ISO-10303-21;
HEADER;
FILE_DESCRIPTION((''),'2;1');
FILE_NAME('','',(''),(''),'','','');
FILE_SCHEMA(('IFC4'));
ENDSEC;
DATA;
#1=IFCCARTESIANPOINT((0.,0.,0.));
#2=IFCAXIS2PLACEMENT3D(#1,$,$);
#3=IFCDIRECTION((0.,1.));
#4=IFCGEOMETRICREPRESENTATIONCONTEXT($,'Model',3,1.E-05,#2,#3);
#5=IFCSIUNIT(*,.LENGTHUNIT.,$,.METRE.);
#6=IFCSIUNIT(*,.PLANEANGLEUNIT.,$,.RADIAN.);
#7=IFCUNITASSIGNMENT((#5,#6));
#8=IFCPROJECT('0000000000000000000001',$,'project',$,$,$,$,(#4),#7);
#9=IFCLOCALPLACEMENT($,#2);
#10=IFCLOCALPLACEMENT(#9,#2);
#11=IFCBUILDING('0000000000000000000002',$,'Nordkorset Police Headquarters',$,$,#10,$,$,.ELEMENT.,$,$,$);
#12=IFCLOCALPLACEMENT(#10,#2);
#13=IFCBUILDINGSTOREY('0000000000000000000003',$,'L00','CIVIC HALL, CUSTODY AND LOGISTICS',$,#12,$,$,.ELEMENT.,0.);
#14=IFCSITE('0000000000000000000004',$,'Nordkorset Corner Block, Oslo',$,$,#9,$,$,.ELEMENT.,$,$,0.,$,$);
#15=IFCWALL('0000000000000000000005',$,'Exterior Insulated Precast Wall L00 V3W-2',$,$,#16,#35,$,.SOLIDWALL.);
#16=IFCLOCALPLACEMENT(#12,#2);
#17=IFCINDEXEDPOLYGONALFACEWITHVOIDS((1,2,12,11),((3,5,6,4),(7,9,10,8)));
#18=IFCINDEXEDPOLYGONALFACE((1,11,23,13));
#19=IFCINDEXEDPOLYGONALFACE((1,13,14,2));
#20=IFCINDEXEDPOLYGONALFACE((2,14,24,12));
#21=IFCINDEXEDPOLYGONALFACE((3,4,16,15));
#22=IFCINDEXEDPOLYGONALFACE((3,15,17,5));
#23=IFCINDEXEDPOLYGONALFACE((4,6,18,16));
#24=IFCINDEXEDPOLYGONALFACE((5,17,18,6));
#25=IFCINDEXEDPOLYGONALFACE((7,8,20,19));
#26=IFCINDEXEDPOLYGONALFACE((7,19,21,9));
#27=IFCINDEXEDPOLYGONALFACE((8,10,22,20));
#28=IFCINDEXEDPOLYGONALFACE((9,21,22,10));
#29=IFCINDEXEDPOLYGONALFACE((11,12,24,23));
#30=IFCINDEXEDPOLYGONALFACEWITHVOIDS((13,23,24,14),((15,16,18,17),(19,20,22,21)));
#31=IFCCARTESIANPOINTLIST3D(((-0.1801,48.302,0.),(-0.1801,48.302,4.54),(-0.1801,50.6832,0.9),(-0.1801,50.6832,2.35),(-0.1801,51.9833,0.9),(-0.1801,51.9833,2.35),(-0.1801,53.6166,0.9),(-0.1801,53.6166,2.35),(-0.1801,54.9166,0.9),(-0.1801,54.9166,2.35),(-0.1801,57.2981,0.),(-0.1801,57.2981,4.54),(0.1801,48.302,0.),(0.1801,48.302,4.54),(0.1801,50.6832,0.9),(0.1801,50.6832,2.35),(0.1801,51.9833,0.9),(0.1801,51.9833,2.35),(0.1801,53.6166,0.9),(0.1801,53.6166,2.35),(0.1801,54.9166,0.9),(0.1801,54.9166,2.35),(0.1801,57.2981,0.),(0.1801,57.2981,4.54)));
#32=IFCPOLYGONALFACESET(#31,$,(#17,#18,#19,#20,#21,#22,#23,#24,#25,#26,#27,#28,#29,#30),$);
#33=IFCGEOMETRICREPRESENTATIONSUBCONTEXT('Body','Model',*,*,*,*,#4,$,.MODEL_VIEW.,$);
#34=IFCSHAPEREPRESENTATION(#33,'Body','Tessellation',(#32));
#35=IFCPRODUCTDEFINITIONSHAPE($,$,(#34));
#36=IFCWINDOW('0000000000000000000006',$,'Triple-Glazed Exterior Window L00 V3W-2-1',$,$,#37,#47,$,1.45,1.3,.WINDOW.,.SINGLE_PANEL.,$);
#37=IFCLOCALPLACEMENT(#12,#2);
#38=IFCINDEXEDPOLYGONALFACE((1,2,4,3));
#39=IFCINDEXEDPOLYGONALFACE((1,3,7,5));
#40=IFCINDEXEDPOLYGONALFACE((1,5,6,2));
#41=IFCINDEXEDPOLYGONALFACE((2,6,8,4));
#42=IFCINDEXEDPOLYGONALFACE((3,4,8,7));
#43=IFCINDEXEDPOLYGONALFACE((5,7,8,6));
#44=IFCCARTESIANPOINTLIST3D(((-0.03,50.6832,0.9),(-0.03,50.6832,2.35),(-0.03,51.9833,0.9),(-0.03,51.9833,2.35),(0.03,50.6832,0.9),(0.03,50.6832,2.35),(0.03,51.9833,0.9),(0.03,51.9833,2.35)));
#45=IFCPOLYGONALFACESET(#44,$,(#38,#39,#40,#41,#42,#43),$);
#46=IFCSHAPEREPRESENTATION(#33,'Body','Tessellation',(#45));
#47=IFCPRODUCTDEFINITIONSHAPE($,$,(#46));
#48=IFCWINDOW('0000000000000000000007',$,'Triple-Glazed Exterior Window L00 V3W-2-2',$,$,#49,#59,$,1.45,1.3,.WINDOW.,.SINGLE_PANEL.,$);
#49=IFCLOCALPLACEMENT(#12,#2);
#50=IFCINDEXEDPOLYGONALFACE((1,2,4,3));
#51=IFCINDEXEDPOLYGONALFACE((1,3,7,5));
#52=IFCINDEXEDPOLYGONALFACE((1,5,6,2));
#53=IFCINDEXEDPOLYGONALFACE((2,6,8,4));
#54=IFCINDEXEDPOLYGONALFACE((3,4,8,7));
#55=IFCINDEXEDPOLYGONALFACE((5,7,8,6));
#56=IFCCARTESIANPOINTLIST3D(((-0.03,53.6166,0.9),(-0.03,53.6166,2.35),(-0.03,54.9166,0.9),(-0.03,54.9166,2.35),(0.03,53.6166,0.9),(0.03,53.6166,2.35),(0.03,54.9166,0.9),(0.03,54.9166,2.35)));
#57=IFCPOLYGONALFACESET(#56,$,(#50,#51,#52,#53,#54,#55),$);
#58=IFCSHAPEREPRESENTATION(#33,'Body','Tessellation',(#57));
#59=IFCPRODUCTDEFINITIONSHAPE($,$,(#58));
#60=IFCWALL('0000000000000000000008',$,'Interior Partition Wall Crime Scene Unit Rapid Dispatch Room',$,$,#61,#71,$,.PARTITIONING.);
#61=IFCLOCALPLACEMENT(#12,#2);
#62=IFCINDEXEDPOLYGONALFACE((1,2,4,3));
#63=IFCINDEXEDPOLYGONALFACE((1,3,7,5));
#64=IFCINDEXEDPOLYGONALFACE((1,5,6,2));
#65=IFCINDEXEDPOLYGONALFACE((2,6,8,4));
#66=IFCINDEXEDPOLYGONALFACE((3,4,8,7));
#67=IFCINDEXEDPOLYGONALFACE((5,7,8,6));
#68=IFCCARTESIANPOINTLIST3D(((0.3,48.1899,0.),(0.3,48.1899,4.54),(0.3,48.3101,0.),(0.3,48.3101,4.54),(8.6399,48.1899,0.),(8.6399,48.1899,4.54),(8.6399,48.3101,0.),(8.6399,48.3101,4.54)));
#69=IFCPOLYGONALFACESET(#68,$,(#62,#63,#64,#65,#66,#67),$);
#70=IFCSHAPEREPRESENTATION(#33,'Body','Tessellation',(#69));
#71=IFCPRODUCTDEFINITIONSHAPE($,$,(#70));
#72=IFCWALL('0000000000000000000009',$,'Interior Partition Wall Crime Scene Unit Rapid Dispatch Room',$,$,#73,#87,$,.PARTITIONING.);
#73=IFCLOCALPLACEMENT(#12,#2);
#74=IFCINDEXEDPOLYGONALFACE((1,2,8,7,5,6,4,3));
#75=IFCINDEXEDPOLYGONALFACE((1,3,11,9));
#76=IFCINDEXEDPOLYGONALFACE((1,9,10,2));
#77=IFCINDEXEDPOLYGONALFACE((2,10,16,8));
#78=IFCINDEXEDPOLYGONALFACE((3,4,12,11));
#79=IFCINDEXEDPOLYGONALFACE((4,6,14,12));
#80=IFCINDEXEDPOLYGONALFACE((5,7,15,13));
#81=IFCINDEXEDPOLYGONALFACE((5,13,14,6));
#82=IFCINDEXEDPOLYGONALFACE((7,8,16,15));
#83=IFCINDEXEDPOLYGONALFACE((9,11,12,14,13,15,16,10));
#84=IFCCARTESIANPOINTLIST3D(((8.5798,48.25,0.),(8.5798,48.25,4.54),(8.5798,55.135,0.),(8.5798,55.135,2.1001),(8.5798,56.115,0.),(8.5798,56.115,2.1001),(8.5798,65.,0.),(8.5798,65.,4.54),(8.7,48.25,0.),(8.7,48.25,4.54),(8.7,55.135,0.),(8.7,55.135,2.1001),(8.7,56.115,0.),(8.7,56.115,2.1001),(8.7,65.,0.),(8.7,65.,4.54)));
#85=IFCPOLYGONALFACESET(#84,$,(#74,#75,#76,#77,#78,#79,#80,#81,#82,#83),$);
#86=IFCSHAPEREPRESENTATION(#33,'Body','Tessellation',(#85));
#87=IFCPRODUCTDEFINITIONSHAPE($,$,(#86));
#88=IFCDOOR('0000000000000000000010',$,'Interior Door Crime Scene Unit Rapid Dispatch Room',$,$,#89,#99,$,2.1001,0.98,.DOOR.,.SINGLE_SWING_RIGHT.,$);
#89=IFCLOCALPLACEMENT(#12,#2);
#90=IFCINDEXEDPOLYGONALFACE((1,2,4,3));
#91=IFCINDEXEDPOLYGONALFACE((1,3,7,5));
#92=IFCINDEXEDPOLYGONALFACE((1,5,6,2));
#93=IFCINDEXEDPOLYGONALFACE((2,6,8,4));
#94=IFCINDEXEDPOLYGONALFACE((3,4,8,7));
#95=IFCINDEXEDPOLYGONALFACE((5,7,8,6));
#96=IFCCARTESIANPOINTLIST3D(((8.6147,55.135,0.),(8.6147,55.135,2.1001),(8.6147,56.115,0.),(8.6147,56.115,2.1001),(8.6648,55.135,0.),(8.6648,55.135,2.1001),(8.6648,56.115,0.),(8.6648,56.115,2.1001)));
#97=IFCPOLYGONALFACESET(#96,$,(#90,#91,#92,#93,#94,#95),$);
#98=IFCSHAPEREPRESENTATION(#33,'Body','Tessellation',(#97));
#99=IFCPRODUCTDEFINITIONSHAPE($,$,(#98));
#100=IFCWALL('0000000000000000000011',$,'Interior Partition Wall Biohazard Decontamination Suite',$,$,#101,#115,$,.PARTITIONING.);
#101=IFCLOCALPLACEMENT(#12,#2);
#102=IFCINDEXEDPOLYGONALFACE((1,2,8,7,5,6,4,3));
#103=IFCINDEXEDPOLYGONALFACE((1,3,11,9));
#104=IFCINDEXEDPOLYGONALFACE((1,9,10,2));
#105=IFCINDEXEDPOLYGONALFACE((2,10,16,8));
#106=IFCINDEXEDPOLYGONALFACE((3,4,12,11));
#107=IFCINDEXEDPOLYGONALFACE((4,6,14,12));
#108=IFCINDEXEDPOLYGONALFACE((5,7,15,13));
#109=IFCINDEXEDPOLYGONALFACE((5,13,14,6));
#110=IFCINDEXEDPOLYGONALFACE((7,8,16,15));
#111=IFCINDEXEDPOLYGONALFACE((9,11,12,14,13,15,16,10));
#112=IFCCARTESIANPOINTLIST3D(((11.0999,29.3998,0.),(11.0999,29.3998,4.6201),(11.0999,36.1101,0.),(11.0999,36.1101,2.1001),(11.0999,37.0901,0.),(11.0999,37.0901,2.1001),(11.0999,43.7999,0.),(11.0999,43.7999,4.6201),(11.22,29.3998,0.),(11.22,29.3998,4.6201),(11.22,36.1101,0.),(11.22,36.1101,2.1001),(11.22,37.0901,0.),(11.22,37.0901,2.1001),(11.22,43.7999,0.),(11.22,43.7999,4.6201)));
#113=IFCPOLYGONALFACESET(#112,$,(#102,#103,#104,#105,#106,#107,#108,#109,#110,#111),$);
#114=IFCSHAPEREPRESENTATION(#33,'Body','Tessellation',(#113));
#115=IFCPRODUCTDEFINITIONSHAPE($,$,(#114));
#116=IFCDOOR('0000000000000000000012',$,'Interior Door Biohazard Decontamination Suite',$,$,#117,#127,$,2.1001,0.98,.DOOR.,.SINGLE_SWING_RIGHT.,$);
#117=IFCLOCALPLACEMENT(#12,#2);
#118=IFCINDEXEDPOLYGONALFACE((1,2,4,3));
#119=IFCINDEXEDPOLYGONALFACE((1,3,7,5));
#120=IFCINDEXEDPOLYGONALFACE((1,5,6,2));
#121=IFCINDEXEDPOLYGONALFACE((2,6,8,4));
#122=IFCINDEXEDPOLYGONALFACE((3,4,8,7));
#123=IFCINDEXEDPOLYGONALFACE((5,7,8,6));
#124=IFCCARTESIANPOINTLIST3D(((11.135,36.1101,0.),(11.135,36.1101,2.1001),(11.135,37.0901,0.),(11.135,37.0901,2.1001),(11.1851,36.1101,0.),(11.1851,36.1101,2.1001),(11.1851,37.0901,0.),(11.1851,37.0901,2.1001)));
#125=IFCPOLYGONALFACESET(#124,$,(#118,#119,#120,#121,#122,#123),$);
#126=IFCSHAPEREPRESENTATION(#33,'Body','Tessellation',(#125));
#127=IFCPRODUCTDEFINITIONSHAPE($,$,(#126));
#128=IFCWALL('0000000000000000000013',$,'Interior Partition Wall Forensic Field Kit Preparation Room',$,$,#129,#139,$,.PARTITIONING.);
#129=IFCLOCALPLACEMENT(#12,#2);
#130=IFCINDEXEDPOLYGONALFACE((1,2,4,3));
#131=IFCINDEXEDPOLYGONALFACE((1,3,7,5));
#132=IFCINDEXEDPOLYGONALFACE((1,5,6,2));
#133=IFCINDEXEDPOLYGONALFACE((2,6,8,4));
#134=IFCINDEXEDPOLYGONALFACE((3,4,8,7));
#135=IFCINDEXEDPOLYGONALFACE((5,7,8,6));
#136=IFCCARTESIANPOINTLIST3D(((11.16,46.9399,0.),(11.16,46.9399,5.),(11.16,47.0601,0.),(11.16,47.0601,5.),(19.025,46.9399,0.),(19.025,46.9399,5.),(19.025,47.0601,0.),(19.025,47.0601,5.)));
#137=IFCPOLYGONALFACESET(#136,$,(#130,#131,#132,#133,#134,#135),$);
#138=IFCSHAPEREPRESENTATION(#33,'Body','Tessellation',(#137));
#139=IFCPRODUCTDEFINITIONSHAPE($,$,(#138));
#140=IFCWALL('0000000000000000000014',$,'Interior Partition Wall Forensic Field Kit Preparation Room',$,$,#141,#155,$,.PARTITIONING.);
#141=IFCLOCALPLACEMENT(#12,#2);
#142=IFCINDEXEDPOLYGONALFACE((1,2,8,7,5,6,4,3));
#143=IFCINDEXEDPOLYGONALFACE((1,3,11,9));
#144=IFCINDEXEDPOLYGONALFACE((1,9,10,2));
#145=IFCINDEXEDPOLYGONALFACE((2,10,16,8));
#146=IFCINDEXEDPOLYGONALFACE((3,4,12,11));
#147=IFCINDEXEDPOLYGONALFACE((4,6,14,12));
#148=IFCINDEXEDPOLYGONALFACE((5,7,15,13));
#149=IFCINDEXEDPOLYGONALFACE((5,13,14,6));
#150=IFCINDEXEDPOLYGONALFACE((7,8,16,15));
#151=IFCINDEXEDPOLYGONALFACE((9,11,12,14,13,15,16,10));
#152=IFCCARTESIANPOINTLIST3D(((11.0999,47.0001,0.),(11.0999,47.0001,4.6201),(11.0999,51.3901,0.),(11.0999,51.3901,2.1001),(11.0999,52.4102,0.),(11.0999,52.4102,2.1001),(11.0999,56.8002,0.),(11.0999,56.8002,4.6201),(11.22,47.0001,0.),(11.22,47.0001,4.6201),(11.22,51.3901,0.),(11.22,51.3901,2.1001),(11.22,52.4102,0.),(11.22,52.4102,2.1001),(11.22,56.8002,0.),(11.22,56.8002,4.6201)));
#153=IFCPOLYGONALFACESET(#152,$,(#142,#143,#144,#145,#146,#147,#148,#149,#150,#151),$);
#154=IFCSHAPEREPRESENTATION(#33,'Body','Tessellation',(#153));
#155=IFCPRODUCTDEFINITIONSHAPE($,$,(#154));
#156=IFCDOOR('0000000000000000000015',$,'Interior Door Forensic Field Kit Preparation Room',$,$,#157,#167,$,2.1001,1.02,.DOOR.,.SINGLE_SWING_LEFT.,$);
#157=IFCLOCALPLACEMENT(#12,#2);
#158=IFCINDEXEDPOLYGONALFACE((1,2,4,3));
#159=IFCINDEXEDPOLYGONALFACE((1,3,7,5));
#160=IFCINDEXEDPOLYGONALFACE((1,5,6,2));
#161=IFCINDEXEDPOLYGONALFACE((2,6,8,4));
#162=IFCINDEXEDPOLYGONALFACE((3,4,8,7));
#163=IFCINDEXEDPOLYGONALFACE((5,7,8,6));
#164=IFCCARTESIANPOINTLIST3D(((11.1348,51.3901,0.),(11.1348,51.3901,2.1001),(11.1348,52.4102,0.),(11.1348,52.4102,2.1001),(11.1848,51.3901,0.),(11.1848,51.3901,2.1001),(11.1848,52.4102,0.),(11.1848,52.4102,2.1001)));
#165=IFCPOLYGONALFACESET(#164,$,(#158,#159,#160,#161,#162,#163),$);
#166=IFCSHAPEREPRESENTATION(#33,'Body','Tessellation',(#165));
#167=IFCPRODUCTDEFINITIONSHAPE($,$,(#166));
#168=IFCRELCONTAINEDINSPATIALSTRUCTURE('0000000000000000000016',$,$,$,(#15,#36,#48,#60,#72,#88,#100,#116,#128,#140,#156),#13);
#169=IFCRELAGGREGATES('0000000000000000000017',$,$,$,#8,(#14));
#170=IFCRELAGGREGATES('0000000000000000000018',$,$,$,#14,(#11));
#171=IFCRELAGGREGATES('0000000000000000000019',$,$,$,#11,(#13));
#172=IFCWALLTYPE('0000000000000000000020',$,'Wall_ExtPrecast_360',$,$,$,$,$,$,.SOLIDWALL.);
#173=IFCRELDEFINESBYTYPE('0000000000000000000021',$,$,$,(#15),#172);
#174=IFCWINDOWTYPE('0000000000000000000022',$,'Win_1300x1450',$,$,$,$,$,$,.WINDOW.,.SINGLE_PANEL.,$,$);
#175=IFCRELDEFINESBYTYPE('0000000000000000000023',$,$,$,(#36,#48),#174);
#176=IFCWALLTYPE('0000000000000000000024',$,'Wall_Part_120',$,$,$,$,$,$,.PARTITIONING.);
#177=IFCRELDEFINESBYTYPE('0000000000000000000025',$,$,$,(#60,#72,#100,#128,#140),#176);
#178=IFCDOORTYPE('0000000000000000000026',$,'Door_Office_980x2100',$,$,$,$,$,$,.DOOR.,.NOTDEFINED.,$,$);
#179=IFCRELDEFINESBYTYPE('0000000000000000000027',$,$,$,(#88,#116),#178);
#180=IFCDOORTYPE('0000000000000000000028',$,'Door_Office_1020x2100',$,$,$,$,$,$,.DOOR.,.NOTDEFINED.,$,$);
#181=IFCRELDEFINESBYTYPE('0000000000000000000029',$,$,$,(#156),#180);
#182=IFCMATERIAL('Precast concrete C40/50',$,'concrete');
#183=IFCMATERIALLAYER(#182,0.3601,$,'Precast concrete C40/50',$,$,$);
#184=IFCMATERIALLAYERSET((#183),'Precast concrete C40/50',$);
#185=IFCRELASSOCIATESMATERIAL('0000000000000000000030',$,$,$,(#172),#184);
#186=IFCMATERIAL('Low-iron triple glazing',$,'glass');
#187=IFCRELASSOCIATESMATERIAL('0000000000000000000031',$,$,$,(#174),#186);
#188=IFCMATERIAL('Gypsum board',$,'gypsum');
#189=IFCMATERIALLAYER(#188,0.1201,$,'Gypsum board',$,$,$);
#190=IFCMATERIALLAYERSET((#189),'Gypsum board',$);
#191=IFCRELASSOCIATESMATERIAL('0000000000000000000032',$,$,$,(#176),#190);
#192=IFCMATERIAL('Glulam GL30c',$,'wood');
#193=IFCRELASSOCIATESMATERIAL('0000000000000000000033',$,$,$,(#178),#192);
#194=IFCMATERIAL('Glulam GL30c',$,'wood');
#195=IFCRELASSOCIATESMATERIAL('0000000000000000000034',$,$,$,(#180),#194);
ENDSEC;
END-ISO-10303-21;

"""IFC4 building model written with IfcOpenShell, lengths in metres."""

from ifc_helpers import new_model, si_unit, direction, frame, frame_2d, origin, place, context, subcontext, project, spatial, rectangle, extrude, material, layer, layer_set, type_object, element, fill, save


model = new_model("IFC4")

# Units and contexts
model_context = context("Model", 3, precision=1e-05, world=origin(), true_north=direction((0.0, 1.0)))
body_context = subcontext(model_context, "Body", "Model", "MODEL_VIEW")
ifc_project = project(units=[si_unit("LENGTHUNIT", "METRE"), si_unit("PLANEANGLEUNIT", "RADIAN")], contexts=[model_context])

# Site, building, storey
site_placement = place(None, origin())
site = spatial("IfcSite", under=ifc_project, at=site_placement, Name="Nordkorset Corner Block, Oslo", CompositionType="ELEMENT", RefElevation=0.0)
building_placement = place(site_placement, origin())
building = spatial("IfcBuilding", under=site, at=building_placement, Name="Nordkorset Police Headquarters", CompositionType="ELEMENT")
storey_placement = place(building_placement, origin())
storey = spatial("IfcBuildingStorey", under=building, at=storey_placement, Name="L00", Description="CIVIC HALL, CUSTODY AND LOGISTICS", CompositionType="ELEMENT", Elevation=0.0)

# Wall, openings, windows
ifc_material_1 = material(Name="Precast concrete C40/50", Category="concrete")
ifc_layer_1 = layer(ifc_material_1, 0.3601, Name="Precast concrete C40/50")
ifc_layer_set_1 = layer_set([ifc_layer_1], Name="Precast concrete C40/50")
wall_type_1 = type_object("IfcWallType", Name="Wall_ExtPrecast_360", PredefinedType="SOLIDWALL", material=ifc_layer_set_1)
wall_1_placement = place(storey_placement, frame((0.0, 48.302, 0.0), z_axis=(0.0, 0.0, 1.0), x_axis=(0.0, 1.0, 0.0)))
wall_1 = element("IfcWall", 1, at=wall_1_placement, inside=storey, type_object=wall_type_1, Name="Exterior Insulated Precast Wall L00 V3W-2", PredefinedType="SOLIDWALL", context=body_context, shape_type="SweptSolid", body=[
    extrude(rectangle(XDim=8.9961, YDim=0.3601, at=frame_2d((4.498, 0.0))), origin(), (0.0, 0.0, 1.0), 4.54),
])
opening_1_placement = place(wall_1_placement, frame((2.3813, 0.0, 0.8999)))
opening_1 = element("IfcOpeningElement", 2, at=opening_1_placement, cuts=wall_1, PredefinedType="OPENING", context=body_context, shape_type="SweptSolid", body=[
    extrude(rectangle(XDim=1.3, YDim=1.45, at=frame_2d((0.6499, 0.7251))), frame((0.0, 0.1899, 0.0), z_axis=(0.0, -1.0, 0.0), x_axis=(1.0, 0.0, 0.0)), (0.0, 0.0, 1.0), 0.3801),
])
opening_2_placement = place(wall_1_placement, frame((5.3147, 0.0, 0.8999)))
opening_2 = element("IfcOpeningElement", 3, at=opening_2_placement, cuts=wall_1, PredefinedType="OPENING", context=body_context, shape_type="SweptSolid", body=[
    extrude(rectangle(XDim=1.3, YDim=1.45, at=frame_2d((0.6499, 0.7251))), frame((0.0, 0.1899, 0.0), z_axis=(0.0, -1.0, 0.0), x_axis=(1.0, 0.0, 0.0)), (0.0, 0.0, 1.0), 0.3801),
])
ifc_material_2 = material(Name="Low-iron triple glazing", Category="glass")
window_type = type_object("IfcWindowType", Name="Win_1300x1450", PartitioningType="SINGLE_PANEL", PredefinedType="WINDOW", material=ifc_material_2)
window_1_placement = place(opening_1_placement, origin())
window_1 = element("IfcWindow", 4, at=window_1_placement, inside=storey, type_object=window_type, Name="Triple-Glazed Exterior Window L00 V3W-2-1", OverallHeight=1.45, OverallWidth=1.3, PartitioningType="SINGLE_PANEL", PredefinedType="WINDOW", context=body_context, shape_type="SweptSolid", body=[
    extrude(rectangle(XDim=1.3, YDim=1.45, at=frame_2d((0.6499, 0.7251))), frame((0.0, 0.03, 0.0), z_axis=(0.0, -1.0, 0.0), x_axis=(1.0, 0.0, 0.0)), (0.0, 0.0, 1.0), 0.0601),
])
fill(opening_1, window_1)
window_2_placement = place(opening_2_placement, origin())
window_2 = element("IfcWindow", 5, at=window_2_placement, inside=storey, type_object=window_type, Name="Triple-Glazed Exterior Window L00 V3W-2-2", OverallHeight=1.45, OverallWidth=1.3, PartitioningType="SINGLE_PANEL", PredefinedType="WINDOW", context=body_context, shape_type="SweptSolid", body=[
    extrude(rectangle(XDim=1.3, YDim=1.45, at=frame_2d((0.6499, 0.7251))), frame((0.0, 0.03, 0.0), z_axis=(0.0, -1.0, 0.0), x_axis=(1.0, 0.0, 0.0)), (0.0, 0.0, 1.0), 0.0601),
])
fill(opening_2, window_2)

# Wall
ifc_material_3 = material(Name="Gypsum board", Category="gypsum")
ifc_layer_2 = layer(ifc_material_3, 0.1201, Name="Gypsum board")
ifc_layer_set_2 = layer_set([ifc_layer_2], Name="Gypsum board")
wall_type_2 = type_object("IfcWallType", Name="Wall_Part_120", PredefinedType="PARTITIONING", material=ifc_layer_set_2)
wall_2_placement = place(storey_placement, frame((0.3, 48.25, 0.0), z_axis=(0.0, 0.0, 1.0), x_axis=(1.0, 0.0, 0.0)))
element("IfcWall", 6, at=wall_2_placement, inside=storey, type_object=wall_type_2, Name="Interior Partition Wall Crime Scene Unit Rapid Dispatch Room", PredefinedType="PARTITIONING", context=body_context, shape_type="SweptSolid", body=[
    extrude(rectangle(XDim=8.3398, YDim=0.1201, at=frame_2d((4.1699, 0.0))), origin(), (0.0, 0.0, 1.0), 4.54),
])

# Walls, openings, doors
wall_3_placement = place(storey_placement, frame((8.6399, 48.25, 0.0), z_axis=(0.0, 0.0, 1.0), x_axis=(0.0, 1.0, 0.0)))
wall_3 = element("IfcWall", 7, at=wall_3_placement, inside=storey, type_object=wall_type_2, Name="Interior Partition Wall Crime Scene Unit Rapid Dispatch Room", PredefinedType="PARTITIONING", context=body_context, shape_type="SweptSolid", body=[
    extrude(rectangle(XDim=16.75, YDim=0.1201, at=frame_2d((8.375, 0.0))), origin(), (0.0, 0.0, 1.0), 4.54),
])
opening_3_placement = place(wall_3_placement, frame((6.885, 0.0, 0.0)))
opening_3 = element("IfcOpeningElement", 8, at=opening_3_placement, cuts=wall_3, PredefinedType="OPENING", context=body_context, shape_type="SweptSolid", body=[
    extrude(rectangle(XDim=0.98, YDim=2.1001, at=frame_2d((0.49, 1.05))), frame((0.0, 0.0701, 0.0), z_axis=(0.0, -1.0, 0.0), x_axis=(1.0, 0.0, 0.0)), (0.0, 0.0, 1.0), 0.1401),
])
ifc_material_4 = material(Name="Glulam GL30c", Category="wood")
door_type_1 = type_object("IfcDoorType", Name="Door_Office_980x2100", OperationType="NOTDEFINED", PredefinedType="DOOR", material=ifc_material_4)
door_1_placement = place(opening_3_placement, frame((0.98, 0.0, 0.0), z_axis=(0.0, 0.0, 1.0), x_axis=(-1.0, 0.0, 0.0)))
door_1 = element("IfcDoor", 9, at=door_1_placement, inside=storey, type_object=door_type_1, Name="Interior Door Crime Scene Unit Rapid Dispatch Room", OperationType="SINGLE_SWING_RIGHT", OverallHeight=2.1001, OverallWidth=0.98, PredefinedType="DOOR", context=body_context, shape_type="SweptSolid", body=[
    extrude(rectangle(XDim=0.98, YDim=2.1001, at=frame_2d((0.49, 1.05))), frame((0.0, 0.0249, 0.0), z_axis=(0.0, -1.0, 0.0), x_axis=(1.0, 0.0, 0.0)), (0.0, 0.0, 1.0), 0.05),
])
fill(opening_3, door_1)
wall_4_placement = place(storey_placement, frame((11.1599, 43.8, 0.0), z_axis=(0.0, 0.0, 1.0), x_axis=(0.0, -1.0, 0.0)))
wall_4 = element("IfcWall", 10, at=wall_4_placement, inside=storey, type_object=wall_type_2, Name="Interior Partition Wall Biohazard Decontamination Suite", PredefinedType="PARTITIONING", context=body_context, shape_type="SweptSolid", body=[
    extrude(rectangle(XDim=14.4001, YDim=0.1201, at=frame_2d((7.2002, 0.0))), origin(), (0.0, 0.0, 1.0), 4.6201),
])
opening_4_placement = place(wall_4_placement, frame((6.71, 0.0, 0.0)))
opening_4 = element("IfcOpeningElement", 11, at=opening_4_placement, cuts=wall_4, PredefinedType="OPENING", context=body_context, shape_type="SweptSolid", body=[
    extrude(rectangle(XDim=0.98, YDim=2.1001, at=frame_2d((0.49, 1.05))), frame((0.0, 0.0701, 0.0), z_axis=(0.0, -1.0, 0.0), x_axis=(1.0, 0.0, 0.0)), (0.0, 0.0, 1.0), 0.1401),
])
door_2_placement = place(opening_4_placement, frame((0.98, 0.0, 0.0), z_axis=(0.0, 0.0, 1.0), x_axis=(-1.0, 0.0, 0.0)))
door_2 = element("IfcDoor", 12, at=door_2_placement, inside=storey, type_object=door_type_1, Name="Interior Door Biohazard Decontamination Suite", OperationType="SINGLE_SWING_RIGHT", OverallHeight=2.1001, OverallWidth=0.98, PredefinedType="DOOR", context=body_context, shape_type="SweptSolid", body=[
    extrude(rectangle(XDim=0.98, YDim=2.1001, at=frame_2d((0.49, 1.05))), frame((0.0, 0.0249, 0.0), z_axis=(0.0, -1.0, 0.0), x_axis=(1.0, 0.0, 0.0)), (0.0, 0.0, 1.0), 0.05),
])
fill(opening_4, door_2)

# Wall
wall_5_placement = place(storey_placement, frame((11.1599, 47.0, 0.0), z_axis=(0.0, 0.0, 1.0), x_axis=(1.0, 0.0, 0.0)))
element("IfcWall", 13, at=wall_5_placement, inside=storey, type_object=wall_type_2, Name="Interior Partition Wall Forensic Field Kit Preparation Room", PredefinedType="PARTITIONING", context=body_context, shape_type="SweptSolid", body=[
    extrude(rectangle(XDim=7.865, YDim=0.1201, at=frame_2d((3.9326, 0.0))), origin(), (0.0, 0.0, 1.0), 5.0),
])

# Wall, opening, door
wall_6_placement = place(storey_placement, frame((11.1599, 56.8, 0.0), z_axis=(0.0, 0.0, 1.0), x_axis=(0.0, -1.0, 0.0)))
wall_6 = element("IfcWall", 14, at=wall_6_placement, inside=storey, type_object=wall_type_2, Name="Interior Partition Wall Forensic Field Kit Preparation Room", PredefinedType="PARTITIONING", context=body_context, shape_type="SweptSolid", body=[
    extrude(rectangle(XDim=9.8, YDim=0.1201, at=frame_2d((4.8999, 0.0))), origin(), (0.0, 0.0, 1.0), 4.6201),
])
opening_5_placement = place(wall_6_placement, frame((4.3899, 0.0, 0.0)))
opening_5 = element("IfcOpeningElement", 15, at=opening_5_placement, cuts=wall_6, PredefinedType="OPENING", context=body_context, shape_type="SweptSolid", body=[
    extrude(rectangle(XDim=1.02, YDim=2.1001, at=frame_2d((0.51, 1.05))), frame((0.0, 0.0701, 0.0), z_axis=(0.0, -1.0, 0.0), x_axis=(1.0, 0.0, 0.0)), (0.0, 0.0, 1.0), 0.1401),
])
ifc_material_5 = material(Name="Glulam GL30c", Category="wood")
door_type_2 = type_object("IfcDoorType", Name="Door_Office_1020x2100", OperationType="NOTDEFINED", PredefinedType="DOOR", material=ifc_material_5)
door_3_placement = place(opening_5_placement, origin())
door_3 = element("IfcDoor", 16, at=door_3_placement, inside=storey, type_object=door_type_2, Name="Interior Door Forensic Field Kit Preparation Room", OperationType="SINGLE_SWING_LEFT", OverallHeight=2.1001, OverallWidth=1.02, PredefinedType="DOOR", context=body_context, shape_type="SweptSolid", body=[
    extrude(rectangle(XDim=1.02, YDim=2.1001, at=frame_2d((0.51, 1.05))), frame((0.0, 0.0249, 0.0), z_axis=(0.0, -1.0, 0.0), x_axis=(1.0, 0.0, 0.0)), (0.0, 0.0, 1.0), 0.05),
])
fill(opening_5, door_3)

save(model, "model.ifc")
